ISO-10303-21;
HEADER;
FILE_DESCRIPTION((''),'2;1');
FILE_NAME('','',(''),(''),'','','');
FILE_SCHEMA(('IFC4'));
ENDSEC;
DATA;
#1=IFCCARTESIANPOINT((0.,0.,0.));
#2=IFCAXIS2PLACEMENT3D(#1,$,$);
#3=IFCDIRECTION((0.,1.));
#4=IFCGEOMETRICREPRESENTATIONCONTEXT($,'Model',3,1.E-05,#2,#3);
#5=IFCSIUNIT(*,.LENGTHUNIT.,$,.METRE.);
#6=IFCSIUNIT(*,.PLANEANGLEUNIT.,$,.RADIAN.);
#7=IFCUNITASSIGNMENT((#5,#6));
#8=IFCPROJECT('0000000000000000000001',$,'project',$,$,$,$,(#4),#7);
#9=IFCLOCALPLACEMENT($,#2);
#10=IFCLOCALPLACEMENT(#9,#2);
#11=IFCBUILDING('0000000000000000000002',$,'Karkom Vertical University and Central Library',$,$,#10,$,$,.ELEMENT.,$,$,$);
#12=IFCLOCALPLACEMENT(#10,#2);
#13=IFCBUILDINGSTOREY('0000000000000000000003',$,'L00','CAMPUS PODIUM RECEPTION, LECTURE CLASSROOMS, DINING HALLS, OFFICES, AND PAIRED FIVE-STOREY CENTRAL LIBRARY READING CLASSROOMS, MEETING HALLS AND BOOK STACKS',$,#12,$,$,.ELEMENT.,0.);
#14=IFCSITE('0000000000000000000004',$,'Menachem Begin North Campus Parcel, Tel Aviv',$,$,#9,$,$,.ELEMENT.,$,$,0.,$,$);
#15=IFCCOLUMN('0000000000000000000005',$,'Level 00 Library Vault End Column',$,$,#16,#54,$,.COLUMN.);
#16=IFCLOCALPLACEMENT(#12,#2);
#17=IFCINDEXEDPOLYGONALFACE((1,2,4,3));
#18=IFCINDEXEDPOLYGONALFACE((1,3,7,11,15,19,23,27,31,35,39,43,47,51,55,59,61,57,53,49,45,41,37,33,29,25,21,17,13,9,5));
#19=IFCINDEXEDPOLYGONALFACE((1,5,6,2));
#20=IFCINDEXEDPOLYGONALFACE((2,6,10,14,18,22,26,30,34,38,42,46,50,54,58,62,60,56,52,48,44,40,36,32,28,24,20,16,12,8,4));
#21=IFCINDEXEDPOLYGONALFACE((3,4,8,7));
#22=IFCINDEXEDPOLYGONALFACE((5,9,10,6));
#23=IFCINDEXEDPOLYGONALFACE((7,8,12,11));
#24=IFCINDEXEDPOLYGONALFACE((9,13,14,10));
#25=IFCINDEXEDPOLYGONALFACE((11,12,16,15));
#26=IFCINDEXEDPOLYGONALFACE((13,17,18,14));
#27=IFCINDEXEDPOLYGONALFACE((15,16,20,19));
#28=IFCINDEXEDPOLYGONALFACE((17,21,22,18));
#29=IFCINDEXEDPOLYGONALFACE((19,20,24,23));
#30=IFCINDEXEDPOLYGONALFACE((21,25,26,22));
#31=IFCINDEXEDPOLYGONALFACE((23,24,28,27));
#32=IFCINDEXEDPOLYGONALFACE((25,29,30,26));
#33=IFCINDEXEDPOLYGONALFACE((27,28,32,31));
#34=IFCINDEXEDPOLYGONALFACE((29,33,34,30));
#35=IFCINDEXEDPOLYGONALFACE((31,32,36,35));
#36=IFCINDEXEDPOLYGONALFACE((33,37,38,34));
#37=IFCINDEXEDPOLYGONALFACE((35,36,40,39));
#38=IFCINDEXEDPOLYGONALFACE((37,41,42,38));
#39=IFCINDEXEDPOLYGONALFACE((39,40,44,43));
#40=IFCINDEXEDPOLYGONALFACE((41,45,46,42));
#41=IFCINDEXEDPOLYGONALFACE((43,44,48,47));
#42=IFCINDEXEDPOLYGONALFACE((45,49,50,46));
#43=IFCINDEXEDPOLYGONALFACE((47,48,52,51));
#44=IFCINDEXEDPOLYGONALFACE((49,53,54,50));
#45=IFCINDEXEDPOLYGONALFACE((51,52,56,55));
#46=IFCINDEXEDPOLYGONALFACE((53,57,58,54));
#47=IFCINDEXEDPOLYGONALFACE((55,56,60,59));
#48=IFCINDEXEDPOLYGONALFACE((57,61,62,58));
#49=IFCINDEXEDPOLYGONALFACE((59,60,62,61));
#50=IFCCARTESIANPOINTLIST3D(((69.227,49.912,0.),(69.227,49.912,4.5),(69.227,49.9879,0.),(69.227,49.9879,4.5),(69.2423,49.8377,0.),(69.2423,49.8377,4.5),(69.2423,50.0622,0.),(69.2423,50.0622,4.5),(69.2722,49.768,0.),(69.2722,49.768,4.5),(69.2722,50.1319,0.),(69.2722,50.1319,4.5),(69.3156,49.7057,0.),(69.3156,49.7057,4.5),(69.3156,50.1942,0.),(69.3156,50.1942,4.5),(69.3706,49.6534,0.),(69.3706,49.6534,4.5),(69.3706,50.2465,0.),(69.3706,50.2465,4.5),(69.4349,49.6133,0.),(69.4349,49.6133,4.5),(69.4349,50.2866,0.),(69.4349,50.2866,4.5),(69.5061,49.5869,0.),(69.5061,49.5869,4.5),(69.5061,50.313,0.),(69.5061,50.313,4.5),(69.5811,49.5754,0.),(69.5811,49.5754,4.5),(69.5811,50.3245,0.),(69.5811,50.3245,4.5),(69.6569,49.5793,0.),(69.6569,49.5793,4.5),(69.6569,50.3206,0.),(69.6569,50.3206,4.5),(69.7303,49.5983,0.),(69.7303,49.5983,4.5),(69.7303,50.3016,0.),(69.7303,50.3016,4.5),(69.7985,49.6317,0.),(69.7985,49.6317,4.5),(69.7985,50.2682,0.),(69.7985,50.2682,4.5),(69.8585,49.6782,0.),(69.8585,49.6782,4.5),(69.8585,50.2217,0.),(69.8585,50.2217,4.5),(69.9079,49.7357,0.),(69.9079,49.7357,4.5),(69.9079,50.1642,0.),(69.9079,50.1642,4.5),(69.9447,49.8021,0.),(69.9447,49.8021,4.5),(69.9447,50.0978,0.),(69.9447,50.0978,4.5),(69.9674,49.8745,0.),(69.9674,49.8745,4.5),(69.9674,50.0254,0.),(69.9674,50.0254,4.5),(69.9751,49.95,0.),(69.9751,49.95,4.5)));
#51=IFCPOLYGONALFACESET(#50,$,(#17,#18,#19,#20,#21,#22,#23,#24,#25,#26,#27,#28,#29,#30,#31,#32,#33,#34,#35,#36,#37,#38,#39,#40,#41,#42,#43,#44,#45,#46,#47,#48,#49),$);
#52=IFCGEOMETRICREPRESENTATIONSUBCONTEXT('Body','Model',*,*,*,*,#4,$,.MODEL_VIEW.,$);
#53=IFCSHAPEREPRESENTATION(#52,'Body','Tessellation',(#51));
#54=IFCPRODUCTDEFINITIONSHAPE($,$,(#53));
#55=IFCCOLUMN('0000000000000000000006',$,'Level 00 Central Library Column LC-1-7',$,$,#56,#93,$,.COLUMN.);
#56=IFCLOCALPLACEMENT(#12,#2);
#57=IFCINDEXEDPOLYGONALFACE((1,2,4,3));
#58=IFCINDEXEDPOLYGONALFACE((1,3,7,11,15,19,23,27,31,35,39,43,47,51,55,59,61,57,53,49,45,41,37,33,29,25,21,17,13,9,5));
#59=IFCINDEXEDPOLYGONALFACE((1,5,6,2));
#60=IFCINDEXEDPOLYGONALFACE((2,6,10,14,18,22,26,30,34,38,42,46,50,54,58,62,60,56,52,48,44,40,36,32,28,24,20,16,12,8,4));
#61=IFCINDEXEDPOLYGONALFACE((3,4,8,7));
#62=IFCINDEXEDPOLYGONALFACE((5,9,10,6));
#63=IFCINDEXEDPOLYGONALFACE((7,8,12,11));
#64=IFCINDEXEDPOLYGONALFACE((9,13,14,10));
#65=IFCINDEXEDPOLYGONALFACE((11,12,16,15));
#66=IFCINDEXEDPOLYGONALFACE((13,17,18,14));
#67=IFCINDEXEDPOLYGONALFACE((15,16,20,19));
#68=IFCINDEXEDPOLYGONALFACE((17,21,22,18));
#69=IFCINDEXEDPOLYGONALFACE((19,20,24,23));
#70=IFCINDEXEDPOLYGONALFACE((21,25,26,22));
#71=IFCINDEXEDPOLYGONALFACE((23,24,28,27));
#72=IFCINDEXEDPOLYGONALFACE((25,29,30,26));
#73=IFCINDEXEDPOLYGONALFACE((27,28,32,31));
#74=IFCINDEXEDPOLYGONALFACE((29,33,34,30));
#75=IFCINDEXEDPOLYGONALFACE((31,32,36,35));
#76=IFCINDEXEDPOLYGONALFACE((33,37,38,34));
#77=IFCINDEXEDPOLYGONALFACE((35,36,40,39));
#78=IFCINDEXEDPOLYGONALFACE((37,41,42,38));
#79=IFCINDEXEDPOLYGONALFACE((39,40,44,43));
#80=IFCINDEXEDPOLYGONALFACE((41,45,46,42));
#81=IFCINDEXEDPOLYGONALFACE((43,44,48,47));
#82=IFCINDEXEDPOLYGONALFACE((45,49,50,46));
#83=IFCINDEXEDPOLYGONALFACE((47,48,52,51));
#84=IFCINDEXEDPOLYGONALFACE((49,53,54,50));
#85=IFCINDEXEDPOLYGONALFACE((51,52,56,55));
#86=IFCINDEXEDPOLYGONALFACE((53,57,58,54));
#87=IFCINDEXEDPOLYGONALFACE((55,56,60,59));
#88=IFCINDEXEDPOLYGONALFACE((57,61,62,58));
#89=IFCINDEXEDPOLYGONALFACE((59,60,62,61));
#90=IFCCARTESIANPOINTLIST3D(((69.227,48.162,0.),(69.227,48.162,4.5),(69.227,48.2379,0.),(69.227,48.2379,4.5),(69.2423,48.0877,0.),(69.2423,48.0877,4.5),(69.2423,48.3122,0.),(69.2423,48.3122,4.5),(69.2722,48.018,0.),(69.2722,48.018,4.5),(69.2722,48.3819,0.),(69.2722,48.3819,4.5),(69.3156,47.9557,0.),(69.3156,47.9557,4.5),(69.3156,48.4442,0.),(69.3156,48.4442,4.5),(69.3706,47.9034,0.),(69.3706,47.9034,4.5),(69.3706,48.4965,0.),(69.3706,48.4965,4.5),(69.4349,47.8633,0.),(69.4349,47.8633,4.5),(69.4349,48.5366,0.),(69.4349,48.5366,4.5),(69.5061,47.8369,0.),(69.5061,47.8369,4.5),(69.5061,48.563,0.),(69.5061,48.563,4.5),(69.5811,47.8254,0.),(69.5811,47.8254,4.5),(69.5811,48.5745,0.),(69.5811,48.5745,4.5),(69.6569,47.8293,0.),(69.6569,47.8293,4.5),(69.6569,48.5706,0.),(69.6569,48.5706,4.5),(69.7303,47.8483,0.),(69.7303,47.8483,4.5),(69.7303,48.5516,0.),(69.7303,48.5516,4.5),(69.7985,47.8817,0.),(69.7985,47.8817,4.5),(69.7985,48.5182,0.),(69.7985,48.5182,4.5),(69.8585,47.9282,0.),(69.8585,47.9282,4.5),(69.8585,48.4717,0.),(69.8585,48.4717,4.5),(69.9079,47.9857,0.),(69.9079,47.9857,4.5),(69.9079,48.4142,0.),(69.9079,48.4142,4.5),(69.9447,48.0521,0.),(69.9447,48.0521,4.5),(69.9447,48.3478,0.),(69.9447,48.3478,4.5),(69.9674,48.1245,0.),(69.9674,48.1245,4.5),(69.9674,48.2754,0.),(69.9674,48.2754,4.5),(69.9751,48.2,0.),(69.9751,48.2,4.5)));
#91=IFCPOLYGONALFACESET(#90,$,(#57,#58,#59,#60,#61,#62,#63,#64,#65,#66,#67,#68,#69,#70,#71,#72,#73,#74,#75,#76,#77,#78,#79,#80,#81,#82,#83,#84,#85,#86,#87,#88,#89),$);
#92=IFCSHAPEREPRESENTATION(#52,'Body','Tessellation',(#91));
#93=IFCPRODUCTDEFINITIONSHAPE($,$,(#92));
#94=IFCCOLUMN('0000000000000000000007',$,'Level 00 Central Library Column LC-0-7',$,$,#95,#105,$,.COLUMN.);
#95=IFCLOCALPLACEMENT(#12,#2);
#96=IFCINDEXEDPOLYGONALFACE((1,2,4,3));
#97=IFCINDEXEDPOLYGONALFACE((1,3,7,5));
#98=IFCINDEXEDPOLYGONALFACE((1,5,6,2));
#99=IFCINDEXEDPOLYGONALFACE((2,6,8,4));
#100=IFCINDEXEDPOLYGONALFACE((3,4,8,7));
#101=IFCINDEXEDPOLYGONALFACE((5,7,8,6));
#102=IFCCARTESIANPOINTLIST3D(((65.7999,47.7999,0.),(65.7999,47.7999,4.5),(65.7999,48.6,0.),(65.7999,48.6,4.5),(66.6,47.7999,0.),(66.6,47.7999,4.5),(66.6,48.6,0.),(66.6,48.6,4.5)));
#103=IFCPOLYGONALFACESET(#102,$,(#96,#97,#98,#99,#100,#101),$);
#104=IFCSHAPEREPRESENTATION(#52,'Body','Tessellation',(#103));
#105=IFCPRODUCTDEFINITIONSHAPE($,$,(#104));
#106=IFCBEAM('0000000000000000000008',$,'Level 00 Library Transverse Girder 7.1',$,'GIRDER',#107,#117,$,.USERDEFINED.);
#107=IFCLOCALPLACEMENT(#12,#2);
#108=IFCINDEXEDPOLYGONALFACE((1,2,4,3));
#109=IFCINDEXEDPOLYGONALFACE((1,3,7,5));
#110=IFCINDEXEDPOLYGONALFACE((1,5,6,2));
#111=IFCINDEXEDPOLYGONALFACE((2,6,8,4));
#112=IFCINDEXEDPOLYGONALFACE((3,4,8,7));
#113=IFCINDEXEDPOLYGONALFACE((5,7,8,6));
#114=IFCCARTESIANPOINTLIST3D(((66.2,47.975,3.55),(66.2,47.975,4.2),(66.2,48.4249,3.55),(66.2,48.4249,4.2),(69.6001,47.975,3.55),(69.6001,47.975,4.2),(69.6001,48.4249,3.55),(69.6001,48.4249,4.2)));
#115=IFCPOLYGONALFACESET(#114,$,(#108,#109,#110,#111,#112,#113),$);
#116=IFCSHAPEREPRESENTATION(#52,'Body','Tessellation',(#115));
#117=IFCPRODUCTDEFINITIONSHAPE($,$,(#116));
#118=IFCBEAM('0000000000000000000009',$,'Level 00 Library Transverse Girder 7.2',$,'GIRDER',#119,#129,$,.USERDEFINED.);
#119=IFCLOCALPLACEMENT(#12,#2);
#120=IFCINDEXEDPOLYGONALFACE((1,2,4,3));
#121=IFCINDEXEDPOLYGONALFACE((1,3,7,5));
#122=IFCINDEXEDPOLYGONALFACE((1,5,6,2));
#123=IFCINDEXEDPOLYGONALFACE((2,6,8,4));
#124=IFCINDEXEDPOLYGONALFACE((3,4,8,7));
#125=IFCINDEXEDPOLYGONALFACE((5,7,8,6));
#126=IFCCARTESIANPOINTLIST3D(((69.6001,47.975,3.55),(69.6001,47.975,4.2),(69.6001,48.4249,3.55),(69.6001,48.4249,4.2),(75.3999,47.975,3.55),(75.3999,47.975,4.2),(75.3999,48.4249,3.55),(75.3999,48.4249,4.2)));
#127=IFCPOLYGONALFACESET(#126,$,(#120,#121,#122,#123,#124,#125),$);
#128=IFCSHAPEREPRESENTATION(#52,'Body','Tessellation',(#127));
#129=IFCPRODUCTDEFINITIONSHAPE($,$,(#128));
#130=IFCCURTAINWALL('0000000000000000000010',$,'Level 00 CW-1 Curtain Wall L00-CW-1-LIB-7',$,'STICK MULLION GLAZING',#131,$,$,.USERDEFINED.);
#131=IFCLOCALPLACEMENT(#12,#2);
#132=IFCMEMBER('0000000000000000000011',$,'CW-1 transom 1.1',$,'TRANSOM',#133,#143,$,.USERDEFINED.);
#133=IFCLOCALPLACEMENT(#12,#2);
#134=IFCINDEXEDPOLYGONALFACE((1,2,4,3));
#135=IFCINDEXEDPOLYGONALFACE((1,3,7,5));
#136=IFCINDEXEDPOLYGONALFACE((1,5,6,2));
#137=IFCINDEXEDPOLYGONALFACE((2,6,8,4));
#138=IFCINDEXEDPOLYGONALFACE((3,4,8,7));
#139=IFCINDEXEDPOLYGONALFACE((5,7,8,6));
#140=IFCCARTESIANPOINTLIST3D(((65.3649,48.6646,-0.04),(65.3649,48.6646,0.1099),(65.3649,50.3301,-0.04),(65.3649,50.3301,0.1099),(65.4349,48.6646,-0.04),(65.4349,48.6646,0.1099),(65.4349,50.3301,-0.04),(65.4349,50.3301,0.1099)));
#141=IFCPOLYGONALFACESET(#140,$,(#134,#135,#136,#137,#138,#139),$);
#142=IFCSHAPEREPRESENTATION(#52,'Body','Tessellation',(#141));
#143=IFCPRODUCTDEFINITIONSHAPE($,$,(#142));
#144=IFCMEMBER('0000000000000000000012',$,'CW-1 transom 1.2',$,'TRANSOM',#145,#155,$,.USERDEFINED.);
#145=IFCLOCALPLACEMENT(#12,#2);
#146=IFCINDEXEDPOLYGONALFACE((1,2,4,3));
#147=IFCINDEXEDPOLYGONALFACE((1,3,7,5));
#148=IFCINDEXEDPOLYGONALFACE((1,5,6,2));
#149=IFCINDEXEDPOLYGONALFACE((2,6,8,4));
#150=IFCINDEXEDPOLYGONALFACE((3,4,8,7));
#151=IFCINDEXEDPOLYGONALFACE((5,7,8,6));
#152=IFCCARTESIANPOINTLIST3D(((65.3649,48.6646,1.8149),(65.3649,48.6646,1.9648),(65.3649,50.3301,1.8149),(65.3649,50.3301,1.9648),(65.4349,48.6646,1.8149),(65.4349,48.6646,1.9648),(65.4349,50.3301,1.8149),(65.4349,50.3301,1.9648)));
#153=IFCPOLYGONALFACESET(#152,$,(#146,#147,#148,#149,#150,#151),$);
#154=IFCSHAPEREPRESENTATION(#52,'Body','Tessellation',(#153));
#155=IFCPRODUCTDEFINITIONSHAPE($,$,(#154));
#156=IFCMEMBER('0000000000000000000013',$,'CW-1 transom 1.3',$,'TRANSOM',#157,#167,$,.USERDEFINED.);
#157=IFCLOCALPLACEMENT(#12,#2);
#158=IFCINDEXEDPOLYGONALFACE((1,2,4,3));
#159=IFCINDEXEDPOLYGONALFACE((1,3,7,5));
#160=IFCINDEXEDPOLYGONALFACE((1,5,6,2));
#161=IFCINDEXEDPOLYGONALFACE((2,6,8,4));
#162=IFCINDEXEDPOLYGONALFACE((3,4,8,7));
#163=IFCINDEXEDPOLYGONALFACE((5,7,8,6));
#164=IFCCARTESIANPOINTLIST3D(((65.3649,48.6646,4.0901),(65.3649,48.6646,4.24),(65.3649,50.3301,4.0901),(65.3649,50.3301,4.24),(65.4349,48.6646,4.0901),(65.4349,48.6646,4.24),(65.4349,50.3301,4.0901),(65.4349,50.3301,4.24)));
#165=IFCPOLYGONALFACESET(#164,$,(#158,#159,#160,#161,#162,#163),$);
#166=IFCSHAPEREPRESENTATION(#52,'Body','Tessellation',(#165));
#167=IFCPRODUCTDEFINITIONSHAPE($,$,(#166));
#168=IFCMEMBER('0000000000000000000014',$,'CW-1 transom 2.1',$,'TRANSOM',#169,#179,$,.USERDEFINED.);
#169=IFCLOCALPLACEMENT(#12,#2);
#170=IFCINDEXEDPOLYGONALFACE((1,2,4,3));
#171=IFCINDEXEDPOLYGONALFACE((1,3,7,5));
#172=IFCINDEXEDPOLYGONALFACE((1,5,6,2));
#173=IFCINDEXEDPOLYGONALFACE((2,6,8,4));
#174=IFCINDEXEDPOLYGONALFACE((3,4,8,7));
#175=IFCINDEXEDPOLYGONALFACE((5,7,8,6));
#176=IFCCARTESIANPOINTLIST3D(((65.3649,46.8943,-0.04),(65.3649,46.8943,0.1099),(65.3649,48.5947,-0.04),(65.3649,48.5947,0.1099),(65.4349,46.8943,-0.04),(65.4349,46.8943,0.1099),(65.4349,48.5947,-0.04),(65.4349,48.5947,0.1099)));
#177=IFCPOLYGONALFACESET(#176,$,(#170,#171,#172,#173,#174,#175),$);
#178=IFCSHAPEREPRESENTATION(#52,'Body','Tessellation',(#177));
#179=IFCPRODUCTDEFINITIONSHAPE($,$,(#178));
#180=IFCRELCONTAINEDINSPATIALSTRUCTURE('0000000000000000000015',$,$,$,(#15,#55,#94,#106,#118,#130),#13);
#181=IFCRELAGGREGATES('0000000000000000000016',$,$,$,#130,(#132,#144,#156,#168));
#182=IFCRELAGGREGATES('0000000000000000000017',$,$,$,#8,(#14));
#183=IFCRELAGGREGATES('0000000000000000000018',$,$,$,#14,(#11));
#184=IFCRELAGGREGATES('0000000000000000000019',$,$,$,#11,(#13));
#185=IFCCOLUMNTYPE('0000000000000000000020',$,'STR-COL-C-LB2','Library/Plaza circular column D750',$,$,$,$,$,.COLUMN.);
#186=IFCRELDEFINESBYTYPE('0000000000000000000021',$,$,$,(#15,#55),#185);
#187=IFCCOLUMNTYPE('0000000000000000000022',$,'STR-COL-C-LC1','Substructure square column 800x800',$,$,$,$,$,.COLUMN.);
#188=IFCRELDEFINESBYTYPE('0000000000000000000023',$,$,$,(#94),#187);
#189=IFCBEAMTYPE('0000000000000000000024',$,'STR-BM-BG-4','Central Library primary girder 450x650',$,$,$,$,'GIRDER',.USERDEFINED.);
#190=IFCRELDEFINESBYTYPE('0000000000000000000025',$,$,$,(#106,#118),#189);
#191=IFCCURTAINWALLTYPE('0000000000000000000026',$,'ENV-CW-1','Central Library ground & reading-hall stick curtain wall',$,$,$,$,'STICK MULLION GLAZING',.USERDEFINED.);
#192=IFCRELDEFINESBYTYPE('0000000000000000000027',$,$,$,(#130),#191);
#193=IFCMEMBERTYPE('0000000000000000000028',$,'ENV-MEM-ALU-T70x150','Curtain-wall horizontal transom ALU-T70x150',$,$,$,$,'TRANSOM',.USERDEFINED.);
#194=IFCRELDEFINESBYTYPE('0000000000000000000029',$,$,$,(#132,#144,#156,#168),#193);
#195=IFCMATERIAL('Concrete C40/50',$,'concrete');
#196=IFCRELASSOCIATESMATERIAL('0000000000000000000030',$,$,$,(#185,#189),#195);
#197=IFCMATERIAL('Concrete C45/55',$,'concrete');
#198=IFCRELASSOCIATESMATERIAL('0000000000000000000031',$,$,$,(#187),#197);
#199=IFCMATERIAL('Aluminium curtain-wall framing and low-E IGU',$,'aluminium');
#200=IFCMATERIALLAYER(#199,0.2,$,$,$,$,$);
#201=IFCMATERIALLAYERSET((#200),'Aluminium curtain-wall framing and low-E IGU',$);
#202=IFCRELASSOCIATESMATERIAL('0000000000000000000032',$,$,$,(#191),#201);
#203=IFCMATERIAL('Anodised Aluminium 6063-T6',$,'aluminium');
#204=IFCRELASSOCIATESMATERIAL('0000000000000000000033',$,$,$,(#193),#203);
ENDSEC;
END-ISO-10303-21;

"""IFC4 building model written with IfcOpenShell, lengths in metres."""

from ifc_helpers import new_model, si_unit, direction, frame, origin, origin_with_axes, origin_2d, place, context, subcontext, project, spatial, rectangle, circle, extrude, source, transform, mapped, material, layer, layer_set, material_profile, profile_set, type_object, element, aggregate, save


model = new_model("IFC4")

# Units and contexts
model_context = context("Model", 3, precision=1e-05, world=origin(), true_north=direction((0.0, 1.0)))
body_context = subcontext(model_context, "Body", "Model", "MODEL_VIEW")
ifc_project = project(units=[si_unit("LENGTHUNIT", "METRE"), si_unit("PLANEANGLEUNIT", "RADIAN")], contexts=[model_context])

# Site, building, storey
site_placement = place(None, origin())
site = spatial("IfcSite", under=ifc_project, at=site_placement, Name="Menachem Begin North Campus Parcel, Tel Aviv", CompositionType="ELEMENT", RefElevation=0.0)
building_placement = place(site_placement, origin())
building = spatial("IfcBuilding", under=site, at=building_placement, Name="Karkom Vertical University and Central Library", CompositionType="ELEMENT")
storey_placement = place(building_placement, origin())
storey = spatial("IfcBuildingStorey", under=building, at=storey_placement, Name="L00", Description="CAMPUS PODIUM RECEPTION, LECTURE CLASSROOMS, DINING HALLS, OFFICES, AND PAIRED FIVE-STOREY CENTRAL LIBRARY READING CLASSROOMS, MEETING HALLS AND BOOK STACKS", CompositionType="ELEMENT", Elevation=0.0)

# Columns
ifc_material_1 = material(Name="Concrete C40/50", Category="concrete")
ifc_material_profile_1 = material_profile(ifc_material_1, circle(Radius=0.375, at=origin_2d()), Name="RC-D750")
ifc_profile_set_1 = profile_set([ifc_material_profile_1], Name="Concrete C40/50")
column_type_1 = type_object("IfcColumnType", Name="STR-COL-C-LB2", Description="Library/Plaza circular column D750", PredefinedType="COLUMN", material=ifc_profile_set_1)
shared_shape_1 = source(origin_with_axes(), body_context, "Body", "SweptSolid", [
    extrude(circle(Radius=0.375, at=origin_2d()), origin(), (0.0, 0.0, 1.0), 4.5),
])
for number, where, z_axis, x_axis, name in (
    (1, (69.6001, 49.95, 0.0), (0.0, 0.0, 1.0), (1.0, 0.0, 0.0), "Level 00 Library Vault End Column"),
    (2, (69.6001, 48.2, 0.0), (0.0, 0.0, 1.0), (1.0, 0.0, 0.0), "Level 00 Central Library Column LC-1-7"),
):
    element("IfcColumn", number, at=place(storey_placement, frame(where, z_axis=z_axis, x_axis=x_axis)), inside=storey, type_object=column_type_1, Name=name, PredefinedType="COLUMN", context=body_context, shape_type="MappedRepresentation", body=[
        mapped(shared_shape_1, transform((0.0, 0.0, 0.0), scale=1.0)),
    ])
ifc_material_2 = material(Name="Concrete C45/55", Category="concrete")
ifc_material_profile_2 = material_profile(ifc_material_2, rectangle(XDim=0.8, YDim=0.8, at=origin_2d()), Name="RC-800x800")
ifc_profile_set_2 = profile_set([ifc_material_profile_2], Name="Concrete C45/55")
column_type_2 = type_object("IfcColumnType", Name="STR-COL-C-LC1", Description="Substructure square column 800x800", PredefinedType="COLUMN", material=ifc_profile_set_2)
shared_shape_2 = source(origin_with_axes(), body_context, "Body", "SweptSolid", [
    extrude(rectangle(XDim=0.8, YDim=0.8, at=origin_2d()), origin(), (0.0, 0.0, 1.0), 4.5),
])
column_placement = place(storey_placement, frame((66.2, 48.2, 0.0), z_axis=(0.0, 0.0, 1.0), x_axis=(1.0, 0.0, 0.0)))
element("IfcColumn", 3, at=column_placement, inside=storey, type_object=column_type_2, Name="Level 00 Central Library Column LC-0-7", PredefinedType="COLUMN", context=body_context, shape_type="MappedRepresentation", body=[
    mapped(shared_shape_2, transform((0.0, 0.0, 0.0), scale=1.0)),
])

# Beams
ifc_material_profile_3 = material_profile(ifc_material_1, rectangle(XDim=0.45, YDim=0.6499, at=origin_2d()), Name="RCB-450x650")
ifc_profile_set_3 = profile_set([ifc_material_profile_3], Name="Concrete C40/50")
beam_type = type_object("IfcBeamType", Name="STR-BM-BG-4", Description="Central Library primary girder 450x650", ElementType="GIRDER", PredefinedType="USERDEFINED", material=ifc_profile_set_3)
shared_shape_3 = source(origin_with_axes(), body_context, "Body", "SweptSolid", [
    extrude(rectangle(XDim=0.45, YDim=0.6499, at=origin_2d()), origin(), (0.0, 0.0, 1.0), 3.4001),
])
beam_1_placement = place(storey_placement, frame((66.2, 48.2, 3.875), z_axis=(1.0, 0.0, 0.0), x_axis=(0.0, 1.0, 0.0)))
element("IfcBeam", 4, at=beam_1_placement, inside=storey, type_object=beam_type, Name="Level 00 Library Transverse Girder 7.1", ObjectType="GIRDER", PredefinedType="USERDEFINED", context=body_context, shape_type="MappedRepresentation", body=[
    mapped(shared_shape_3, transform((0.0, 0.0, 0.0), scale=1.0)),
])
shared_shape_4 = source(origin_with_axes(), body_context, "Body", "SweptSolid", [
    extrude(rectangle(XDim=0.45, YDim=0.6499, at=origin_2d()), origin(), (0.0, 0.0, 1.0), 5.7998),
])
beam_2_placement = place(storey_placement, frame((69.6001, 48.2, 3.875), z_axis=(1.0, 0.0, 0.0), x_axis=(0.0, 1.0, 0.0)))
element("IfcBeam", 5, at=beam_2_placement, inside=storey, type_object=beam_type, Name="Level 00 Library Transverse Girder 7.2", ObjectType="GIRDER", PredefinedType="USERDEFINED", context=body_context, shape_type="MappedRepresentation", body=[
    mapped(shared_shape_4, transform((0.0, 0.0, 0.0), scale=1.0)),
])

# Curtain wall, members
ifc_material_3 = material(Name="Aluminium curtain-wall framing and low-E IGU", Category="aluminium")
ifc_layer_1 = layer(ifc_material_3, 0.2)
ifc_layer_set_1 = layer_set([ifc_layer_1], Name="Aluminium curtain-wall framing and low-E IGU")
curtain_wall_type = type_object("IfcCurtainWallType", Name="ENV-CW-1", Description="Central Library ground & reading-hall stick curtain wall", ElementType="STICK MULLION GLAZING", PredefinedType="USERDEFINED", material=ifc_layer_set_1)
curtain_wall_placement = place(storey_placement, origin())
curtain_wall = element("IfcCurtainWall", 6, at=curtain_wall_placement, inside=storey, type_object=curtain_wall_type, Name="Level 00 CW-1 Curtain Wall L00-CW-1-LIB-7", ObjectType="STICK MULLION GLAZING", PredefinedType="USERDEFINED")
ifc_material_4 = material(Name="Anodised Aluminium 6063-T6", Category="aluminium")
ifc_material_profile_4 = material_profile(ifc_material_4, rectangle(XDim=0.0701, YDim=0.1499, at=origin_2d()), Name="ALU-T70x150")
ifc_profile_set_4 = profile_set([ifc_material_profile_4], Name="Anodised Aluminium 6063-T6")
member_type_1 = type_object("IfcMemberType", Name="ENV-MEM-ALU-T70x150", Description="Curtain-wall horizontal transom ALU-T70x150", ElementType="TRANSOM", PredefinedType="USERDEFINED", material=ifc_profile_set_4)
shared_shape_5 = source(origin_with_axes(), body_context, "Body", "SweptSolid", [
    extrude(rectangle(XDim=0.0701, YDim=0.1499, at=origin_2d()), origin(), (0.0, 0.0, 1.0), 1.6655),
])
member_1_placement = place(storey_placement, frame((65.3999, 50.3301, 0.0349), z_axis=(0.0, -1.0, 0.0), x_axis=(1.0, 0.0, 0.0)))
member_1 = element("IfcMember", 7, at=member_1_placement, type_object=member_type_1, Name="CW-1 transom 1.1", ObjectType="TRANSOM", PredefinedType="USERDEFINED", context=body_context, shape_type="MappedRepresentation", body=[
    mapped(shared_shape_5, transform((0.0, 0.0, 0.0), scale=1.0)),
])
member_2_placement = place(storey_placement, frame((65.3999, 50.3301, 1.8899), z_axis=(0.0, -1.0, 0.0), x_axis=(1.0, 0.0, 0.0)))
member_2 = element("IfcMember", 8, at=member_2_placement, type_object=member_type_1, Name="CW-1 transom 1.2", ObjectType="TRANSOM", PredefinedType="USERDEFINED", context=body_context, shape_type="MappedRepresentation", body=[
    mapped(shared_shape_5, transform((0.0, 0.0, 0.0), scale=1.0)),
])
member_3_placement = place(storey_placement, frame((65.3999, 50.3301, 4.165), z_axis=(0.0, -1.0, 0.0), x_axis=(1.0, 0.0, 0.0)))
member_3 = element("IfcMember", 9, at=member_3_placement, type_object=member_type_1, Name="CW-1 transom 1.3", ObjectType="TRANSOM", PredefinedType="USERDEFINED", context=body_context, shape_type="MappedRepresentation", body=[
    mapped(shared_shape_5, transform((0.0, 0.0, 0.0), scale=1.0)),
])
shared_shape_6 = source(origin_with_axes(), body_context, "Body", "SweptSolid", [
    extrude(rectangle(XDim=0.0701, YDim=0.1499, at=origin_2d()), origin(), (0.0, 0.0, 1.0), 1.7004),
])
member_4_placement = place(storey_placement, frame((65.3999, 48.5947, 0.0349), z_axis=(0.0, -1.0, 0.0), x_axis=(1.0, 0.0, 0.0)))
member_4 = element("IfcMember", 10, at=member_4_placement, type_object=member_type_1, Name="CW-1 transom 2.1", ObjectType="TRANSOM", PredefinedType="USERDEFINED", context=body_context, shape_type="MappedRepresentation", body=[
    mapped(shared_shape_6, transform((0.0, 0.0, 0.0), scale=1.0)),
])
aggregate(curtain_wall, [member_1, member_2, member_3, member_4])

save(model, "model.ifc")
